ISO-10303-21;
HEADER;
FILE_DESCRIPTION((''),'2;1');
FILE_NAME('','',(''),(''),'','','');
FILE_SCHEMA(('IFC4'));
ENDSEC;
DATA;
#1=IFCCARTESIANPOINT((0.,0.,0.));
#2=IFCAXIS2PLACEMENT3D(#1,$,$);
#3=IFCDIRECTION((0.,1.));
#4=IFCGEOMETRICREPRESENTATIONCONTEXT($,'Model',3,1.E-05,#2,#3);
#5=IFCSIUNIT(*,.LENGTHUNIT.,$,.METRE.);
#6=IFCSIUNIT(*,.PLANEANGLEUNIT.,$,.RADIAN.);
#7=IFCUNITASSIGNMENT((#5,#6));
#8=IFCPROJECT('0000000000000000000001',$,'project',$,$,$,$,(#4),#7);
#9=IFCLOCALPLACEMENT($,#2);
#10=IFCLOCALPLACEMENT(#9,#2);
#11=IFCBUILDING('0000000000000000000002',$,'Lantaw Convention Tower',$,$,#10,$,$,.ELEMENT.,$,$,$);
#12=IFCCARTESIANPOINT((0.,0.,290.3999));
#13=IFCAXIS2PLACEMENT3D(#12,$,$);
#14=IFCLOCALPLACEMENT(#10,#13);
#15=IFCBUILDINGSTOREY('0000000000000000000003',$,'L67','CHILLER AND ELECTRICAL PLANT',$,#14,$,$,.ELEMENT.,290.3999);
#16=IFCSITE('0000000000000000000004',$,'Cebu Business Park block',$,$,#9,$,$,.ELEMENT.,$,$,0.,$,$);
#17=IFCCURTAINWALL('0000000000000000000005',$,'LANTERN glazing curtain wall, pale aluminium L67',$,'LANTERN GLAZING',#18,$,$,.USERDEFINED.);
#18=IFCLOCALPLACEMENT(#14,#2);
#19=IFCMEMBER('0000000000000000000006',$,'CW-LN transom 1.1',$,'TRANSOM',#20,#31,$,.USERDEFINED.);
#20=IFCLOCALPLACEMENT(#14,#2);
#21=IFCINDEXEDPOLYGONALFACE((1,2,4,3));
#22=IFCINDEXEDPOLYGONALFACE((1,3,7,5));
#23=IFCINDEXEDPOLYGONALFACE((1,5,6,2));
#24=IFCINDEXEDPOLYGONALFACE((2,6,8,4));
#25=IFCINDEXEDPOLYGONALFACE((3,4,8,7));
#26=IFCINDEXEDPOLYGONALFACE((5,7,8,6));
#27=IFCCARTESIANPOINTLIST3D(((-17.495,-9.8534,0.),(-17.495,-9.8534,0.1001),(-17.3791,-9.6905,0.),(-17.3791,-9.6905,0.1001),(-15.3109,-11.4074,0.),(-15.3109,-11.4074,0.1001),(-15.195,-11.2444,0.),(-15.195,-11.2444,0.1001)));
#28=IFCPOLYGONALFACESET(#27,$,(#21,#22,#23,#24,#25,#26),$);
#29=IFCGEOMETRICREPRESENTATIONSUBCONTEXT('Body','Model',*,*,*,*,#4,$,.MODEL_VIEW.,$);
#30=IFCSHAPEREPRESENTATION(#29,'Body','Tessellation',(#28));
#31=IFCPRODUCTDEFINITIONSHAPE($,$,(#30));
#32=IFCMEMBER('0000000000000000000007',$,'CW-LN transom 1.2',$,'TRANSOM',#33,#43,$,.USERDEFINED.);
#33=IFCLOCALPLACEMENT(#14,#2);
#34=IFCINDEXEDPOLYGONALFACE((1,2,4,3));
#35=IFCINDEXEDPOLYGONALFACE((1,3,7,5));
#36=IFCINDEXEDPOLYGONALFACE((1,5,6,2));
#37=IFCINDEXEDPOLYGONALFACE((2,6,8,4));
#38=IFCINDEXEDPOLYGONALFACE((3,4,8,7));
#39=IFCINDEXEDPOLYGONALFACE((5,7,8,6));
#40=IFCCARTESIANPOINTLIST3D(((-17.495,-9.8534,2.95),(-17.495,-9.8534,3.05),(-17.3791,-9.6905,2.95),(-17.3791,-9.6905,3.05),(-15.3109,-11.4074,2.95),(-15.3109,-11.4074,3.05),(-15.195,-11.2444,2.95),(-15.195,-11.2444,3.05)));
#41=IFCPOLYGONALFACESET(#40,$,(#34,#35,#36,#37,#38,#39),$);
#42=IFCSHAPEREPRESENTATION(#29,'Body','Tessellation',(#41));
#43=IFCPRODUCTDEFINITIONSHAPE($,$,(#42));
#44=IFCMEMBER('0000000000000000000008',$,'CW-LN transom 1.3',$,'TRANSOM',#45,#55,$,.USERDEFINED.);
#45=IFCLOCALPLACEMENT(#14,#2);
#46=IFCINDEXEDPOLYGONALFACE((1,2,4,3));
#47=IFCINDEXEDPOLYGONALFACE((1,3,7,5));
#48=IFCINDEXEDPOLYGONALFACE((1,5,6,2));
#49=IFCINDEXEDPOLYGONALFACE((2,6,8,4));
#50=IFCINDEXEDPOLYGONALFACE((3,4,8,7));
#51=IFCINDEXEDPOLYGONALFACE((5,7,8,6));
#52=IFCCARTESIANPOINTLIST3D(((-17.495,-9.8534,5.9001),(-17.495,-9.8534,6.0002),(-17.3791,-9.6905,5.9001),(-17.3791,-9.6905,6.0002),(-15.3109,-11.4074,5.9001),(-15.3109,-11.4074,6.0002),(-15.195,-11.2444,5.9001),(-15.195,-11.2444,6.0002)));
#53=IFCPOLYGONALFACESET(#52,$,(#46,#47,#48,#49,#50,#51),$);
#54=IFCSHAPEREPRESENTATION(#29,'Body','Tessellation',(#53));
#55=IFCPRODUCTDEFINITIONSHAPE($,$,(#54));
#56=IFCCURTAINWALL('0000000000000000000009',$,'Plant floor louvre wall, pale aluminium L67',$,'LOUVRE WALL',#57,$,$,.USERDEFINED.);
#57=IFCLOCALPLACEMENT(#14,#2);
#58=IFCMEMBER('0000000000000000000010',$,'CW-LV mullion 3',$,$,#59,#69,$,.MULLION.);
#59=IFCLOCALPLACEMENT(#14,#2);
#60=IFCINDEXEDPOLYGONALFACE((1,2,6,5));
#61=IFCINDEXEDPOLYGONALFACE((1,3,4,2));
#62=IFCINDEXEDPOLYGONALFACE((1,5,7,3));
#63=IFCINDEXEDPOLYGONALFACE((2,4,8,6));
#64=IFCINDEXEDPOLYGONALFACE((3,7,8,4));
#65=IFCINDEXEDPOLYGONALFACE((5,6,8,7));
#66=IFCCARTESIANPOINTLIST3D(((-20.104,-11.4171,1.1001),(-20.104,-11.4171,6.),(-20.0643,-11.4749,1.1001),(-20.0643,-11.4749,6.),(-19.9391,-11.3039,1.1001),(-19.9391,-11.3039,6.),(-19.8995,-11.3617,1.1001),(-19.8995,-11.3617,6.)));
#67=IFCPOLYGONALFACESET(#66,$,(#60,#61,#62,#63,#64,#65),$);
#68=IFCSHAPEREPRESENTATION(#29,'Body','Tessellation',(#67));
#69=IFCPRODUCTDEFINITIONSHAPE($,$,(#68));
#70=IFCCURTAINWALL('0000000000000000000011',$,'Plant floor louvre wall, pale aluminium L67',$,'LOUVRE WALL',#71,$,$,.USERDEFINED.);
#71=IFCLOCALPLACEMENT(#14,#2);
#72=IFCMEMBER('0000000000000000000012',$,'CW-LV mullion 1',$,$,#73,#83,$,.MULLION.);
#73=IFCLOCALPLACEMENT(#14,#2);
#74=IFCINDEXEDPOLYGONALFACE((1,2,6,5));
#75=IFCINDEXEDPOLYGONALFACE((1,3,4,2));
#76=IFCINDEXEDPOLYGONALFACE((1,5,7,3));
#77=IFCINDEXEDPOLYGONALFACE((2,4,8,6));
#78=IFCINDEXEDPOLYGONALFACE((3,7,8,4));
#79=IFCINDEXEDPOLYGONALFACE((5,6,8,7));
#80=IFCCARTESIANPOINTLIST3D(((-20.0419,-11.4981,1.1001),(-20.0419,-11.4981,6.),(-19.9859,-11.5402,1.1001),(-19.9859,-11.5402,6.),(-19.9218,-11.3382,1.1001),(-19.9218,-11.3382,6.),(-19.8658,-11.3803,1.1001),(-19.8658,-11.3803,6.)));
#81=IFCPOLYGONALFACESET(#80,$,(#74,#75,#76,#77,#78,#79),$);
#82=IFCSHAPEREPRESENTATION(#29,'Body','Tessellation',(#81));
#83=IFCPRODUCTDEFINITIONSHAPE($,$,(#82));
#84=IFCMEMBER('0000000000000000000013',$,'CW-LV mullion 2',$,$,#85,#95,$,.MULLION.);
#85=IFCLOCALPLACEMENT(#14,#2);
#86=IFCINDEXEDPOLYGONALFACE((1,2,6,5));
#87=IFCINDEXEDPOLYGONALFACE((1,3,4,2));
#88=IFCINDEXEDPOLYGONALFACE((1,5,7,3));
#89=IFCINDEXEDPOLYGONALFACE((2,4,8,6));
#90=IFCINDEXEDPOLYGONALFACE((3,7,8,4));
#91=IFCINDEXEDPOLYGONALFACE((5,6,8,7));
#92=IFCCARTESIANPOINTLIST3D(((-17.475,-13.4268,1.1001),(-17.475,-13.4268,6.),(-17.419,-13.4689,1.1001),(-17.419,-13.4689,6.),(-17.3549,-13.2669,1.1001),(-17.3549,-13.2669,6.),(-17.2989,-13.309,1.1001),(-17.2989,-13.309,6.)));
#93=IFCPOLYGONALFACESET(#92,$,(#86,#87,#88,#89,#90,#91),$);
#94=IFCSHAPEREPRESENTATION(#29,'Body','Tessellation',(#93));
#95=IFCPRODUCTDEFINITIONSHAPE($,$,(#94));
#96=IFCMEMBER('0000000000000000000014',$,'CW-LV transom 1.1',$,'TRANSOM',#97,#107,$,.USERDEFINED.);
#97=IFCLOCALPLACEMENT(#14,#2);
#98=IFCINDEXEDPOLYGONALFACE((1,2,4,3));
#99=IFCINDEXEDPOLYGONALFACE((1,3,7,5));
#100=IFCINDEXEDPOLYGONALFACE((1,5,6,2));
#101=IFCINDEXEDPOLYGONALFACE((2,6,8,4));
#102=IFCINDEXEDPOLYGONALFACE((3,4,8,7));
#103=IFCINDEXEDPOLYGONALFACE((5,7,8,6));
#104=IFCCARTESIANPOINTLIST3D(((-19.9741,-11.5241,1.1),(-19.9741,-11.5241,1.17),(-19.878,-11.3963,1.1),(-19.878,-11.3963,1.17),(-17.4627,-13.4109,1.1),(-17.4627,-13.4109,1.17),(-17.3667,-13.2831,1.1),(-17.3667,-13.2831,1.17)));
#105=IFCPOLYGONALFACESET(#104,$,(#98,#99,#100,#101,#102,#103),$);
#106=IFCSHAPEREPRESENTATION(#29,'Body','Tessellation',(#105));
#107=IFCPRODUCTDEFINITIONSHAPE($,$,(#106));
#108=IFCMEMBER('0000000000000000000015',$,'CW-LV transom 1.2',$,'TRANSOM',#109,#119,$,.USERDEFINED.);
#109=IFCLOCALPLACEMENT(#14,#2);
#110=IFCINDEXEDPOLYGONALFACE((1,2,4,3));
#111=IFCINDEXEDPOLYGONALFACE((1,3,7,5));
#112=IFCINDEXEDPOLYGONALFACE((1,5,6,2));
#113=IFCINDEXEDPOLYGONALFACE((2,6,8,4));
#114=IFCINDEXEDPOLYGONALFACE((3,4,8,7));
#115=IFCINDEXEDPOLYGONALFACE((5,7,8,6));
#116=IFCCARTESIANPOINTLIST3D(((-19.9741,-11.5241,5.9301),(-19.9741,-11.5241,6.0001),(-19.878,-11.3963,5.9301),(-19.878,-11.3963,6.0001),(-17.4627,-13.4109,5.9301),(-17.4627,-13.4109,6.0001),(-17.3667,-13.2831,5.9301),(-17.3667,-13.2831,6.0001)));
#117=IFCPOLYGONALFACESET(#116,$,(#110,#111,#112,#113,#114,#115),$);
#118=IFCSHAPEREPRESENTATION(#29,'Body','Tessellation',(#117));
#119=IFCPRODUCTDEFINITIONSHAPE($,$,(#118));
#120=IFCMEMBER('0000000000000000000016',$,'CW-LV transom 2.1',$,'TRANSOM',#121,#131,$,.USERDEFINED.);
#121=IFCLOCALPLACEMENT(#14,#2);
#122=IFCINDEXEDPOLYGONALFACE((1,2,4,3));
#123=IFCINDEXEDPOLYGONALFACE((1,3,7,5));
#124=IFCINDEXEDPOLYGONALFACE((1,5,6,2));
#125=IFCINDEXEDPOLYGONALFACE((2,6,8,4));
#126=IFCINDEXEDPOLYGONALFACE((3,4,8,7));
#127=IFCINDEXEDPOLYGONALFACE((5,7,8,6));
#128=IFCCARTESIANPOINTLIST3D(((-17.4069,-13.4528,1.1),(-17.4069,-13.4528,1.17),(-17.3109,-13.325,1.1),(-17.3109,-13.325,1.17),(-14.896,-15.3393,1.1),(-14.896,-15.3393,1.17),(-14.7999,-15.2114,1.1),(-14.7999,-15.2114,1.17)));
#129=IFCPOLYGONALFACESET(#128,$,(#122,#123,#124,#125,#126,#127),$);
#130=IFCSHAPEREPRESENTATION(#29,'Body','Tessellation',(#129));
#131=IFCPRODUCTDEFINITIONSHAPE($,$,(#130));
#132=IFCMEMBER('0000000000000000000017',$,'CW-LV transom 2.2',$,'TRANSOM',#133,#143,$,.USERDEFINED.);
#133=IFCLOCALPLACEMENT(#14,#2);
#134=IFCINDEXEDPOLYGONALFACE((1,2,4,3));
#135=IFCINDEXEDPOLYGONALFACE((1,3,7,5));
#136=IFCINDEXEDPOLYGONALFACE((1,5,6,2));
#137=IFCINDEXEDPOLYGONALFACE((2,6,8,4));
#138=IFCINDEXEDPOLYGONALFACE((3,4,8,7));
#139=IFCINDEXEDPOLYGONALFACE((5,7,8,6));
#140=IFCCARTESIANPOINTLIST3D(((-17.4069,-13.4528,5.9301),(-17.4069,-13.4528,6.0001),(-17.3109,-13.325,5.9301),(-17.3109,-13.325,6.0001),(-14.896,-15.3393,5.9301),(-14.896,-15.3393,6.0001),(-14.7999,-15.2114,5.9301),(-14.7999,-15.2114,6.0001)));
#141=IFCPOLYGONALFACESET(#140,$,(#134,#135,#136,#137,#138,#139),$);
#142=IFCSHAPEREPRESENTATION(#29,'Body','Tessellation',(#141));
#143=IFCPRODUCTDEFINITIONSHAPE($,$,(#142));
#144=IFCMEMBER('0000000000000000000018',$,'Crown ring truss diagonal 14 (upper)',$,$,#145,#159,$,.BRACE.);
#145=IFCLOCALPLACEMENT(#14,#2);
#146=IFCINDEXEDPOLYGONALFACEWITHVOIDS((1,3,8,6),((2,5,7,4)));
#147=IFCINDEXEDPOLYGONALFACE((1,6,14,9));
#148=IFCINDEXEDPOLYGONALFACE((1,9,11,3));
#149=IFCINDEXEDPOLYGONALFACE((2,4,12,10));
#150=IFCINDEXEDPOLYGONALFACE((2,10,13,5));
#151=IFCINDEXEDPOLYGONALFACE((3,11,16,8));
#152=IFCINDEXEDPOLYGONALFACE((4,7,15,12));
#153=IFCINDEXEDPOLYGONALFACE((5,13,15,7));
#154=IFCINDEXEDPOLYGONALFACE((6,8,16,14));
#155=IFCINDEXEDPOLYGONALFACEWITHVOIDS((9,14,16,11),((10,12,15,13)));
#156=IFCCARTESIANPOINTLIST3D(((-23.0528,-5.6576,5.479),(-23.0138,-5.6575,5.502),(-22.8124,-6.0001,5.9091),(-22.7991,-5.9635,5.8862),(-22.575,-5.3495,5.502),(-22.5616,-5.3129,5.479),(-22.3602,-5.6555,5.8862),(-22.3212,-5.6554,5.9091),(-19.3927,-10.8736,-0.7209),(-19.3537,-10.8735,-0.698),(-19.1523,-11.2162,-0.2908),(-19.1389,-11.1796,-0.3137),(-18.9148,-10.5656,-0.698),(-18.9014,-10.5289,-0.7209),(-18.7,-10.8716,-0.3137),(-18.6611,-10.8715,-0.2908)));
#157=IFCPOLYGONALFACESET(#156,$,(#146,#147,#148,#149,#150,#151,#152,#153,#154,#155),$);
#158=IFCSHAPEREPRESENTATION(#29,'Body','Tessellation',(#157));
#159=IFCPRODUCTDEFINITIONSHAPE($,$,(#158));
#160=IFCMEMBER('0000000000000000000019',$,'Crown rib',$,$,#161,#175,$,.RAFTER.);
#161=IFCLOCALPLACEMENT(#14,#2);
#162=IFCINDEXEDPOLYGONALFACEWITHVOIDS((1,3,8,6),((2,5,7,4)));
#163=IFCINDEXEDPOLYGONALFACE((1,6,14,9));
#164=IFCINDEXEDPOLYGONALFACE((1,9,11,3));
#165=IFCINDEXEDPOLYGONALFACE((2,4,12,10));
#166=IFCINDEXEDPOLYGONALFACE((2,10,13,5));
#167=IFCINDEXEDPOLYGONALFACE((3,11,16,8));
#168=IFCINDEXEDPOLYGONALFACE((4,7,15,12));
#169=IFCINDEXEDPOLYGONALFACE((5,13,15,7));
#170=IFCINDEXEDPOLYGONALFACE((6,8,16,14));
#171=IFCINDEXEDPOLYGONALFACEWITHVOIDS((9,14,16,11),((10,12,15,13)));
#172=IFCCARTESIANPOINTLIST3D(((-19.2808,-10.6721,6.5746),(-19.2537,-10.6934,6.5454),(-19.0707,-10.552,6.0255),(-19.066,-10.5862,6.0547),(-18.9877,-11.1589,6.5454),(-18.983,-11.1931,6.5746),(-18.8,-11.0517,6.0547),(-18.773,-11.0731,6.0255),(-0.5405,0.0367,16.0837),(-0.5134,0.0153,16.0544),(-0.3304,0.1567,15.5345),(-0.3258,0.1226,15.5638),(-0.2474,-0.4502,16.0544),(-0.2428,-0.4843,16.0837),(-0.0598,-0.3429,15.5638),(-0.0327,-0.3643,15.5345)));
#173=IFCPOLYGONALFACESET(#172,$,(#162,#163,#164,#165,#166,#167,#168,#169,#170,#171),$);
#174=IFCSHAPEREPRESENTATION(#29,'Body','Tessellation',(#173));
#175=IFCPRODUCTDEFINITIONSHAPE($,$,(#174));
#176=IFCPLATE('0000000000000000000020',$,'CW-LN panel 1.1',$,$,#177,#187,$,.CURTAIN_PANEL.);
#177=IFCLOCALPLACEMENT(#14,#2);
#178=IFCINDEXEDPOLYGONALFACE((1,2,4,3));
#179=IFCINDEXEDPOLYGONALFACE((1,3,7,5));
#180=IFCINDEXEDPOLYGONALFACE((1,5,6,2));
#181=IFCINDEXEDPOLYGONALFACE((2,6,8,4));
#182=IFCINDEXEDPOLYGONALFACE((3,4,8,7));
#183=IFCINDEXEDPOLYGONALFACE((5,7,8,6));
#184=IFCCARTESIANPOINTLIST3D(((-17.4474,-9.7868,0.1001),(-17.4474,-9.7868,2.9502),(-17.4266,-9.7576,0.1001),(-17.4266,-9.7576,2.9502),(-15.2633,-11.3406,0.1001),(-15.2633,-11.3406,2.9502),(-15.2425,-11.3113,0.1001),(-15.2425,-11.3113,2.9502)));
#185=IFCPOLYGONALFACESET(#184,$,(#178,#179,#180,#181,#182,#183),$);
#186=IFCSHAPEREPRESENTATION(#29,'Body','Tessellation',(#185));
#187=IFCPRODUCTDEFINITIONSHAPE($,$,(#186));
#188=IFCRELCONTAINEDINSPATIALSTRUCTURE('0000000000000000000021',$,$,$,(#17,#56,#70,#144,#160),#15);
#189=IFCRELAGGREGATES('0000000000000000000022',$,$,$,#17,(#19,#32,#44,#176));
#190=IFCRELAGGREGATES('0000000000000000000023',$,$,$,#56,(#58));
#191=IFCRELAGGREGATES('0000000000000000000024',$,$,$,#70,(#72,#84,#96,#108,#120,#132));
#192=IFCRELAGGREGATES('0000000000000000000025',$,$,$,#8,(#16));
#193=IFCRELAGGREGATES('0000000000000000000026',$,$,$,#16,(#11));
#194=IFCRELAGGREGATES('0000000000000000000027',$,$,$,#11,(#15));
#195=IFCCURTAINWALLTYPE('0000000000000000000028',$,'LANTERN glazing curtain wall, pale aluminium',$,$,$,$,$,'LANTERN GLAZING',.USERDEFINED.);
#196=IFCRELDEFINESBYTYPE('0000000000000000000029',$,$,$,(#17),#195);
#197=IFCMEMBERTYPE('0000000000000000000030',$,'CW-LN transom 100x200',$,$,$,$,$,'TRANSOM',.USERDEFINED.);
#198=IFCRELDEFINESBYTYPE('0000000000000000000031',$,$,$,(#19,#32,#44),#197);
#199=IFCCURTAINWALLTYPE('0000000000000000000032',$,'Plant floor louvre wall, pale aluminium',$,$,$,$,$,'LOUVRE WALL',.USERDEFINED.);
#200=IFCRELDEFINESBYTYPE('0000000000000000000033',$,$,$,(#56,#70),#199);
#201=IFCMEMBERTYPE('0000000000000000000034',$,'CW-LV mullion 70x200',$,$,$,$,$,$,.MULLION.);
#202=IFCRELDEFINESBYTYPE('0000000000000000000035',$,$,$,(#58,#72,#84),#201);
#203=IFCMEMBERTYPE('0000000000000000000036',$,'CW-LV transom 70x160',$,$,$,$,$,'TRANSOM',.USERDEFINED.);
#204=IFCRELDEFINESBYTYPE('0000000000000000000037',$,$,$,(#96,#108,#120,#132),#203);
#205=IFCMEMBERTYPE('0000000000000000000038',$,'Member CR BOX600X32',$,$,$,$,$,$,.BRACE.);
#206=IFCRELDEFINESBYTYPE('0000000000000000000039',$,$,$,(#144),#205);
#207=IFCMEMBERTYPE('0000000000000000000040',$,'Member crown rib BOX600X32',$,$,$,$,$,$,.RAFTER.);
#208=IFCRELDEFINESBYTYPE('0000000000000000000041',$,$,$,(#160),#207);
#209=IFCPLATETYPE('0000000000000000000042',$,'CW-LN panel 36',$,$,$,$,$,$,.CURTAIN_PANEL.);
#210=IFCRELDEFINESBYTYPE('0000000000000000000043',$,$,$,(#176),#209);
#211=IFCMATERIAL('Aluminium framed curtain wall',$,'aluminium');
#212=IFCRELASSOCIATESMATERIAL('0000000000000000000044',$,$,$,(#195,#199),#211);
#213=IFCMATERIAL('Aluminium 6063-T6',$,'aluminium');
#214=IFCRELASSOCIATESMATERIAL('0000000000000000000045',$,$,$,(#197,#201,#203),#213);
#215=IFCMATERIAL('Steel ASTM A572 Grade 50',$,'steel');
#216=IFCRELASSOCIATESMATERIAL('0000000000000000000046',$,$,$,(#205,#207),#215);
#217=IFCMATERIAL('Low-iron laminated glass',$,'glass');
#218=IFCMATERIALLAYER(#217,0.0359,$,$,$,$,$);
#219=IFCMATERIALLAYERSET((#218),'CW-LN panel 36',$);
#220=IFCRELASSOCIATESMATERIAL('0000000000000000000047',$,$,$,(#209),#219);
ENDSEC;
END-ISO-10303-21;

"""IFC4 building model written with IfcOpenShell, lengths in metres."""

from ifc_helpers import new_model, si_unit, direction, frame, origin, origin_2d, place, context, subcontext, project, spatial, rectangle, hollow_rectangle, extrude, material, layer, layer_set, material_profile, profile_set, type_object, element, aggregate, save


model = new_model("IFC4")

# Units and contexts
model_context = context("Model", 3, precision=1e-05, world=origin(), true_north=direction((0.0, 1.0)))
body_context = subcontext(model_context, "Body", "Model", "MODEL_VIEW")
ifc_project = project(units=[si_unit("LENGTHUNIT", "METRE"), si_unit("PLANEANGLEUNIT", "RADIAN")], contexts=[model_context])

# Site, building, storey
site_placement = place(None, origin())
site = spatial("IfcSite", under=ifc_project, at=site_placement, Name="Cebu Business Park block", CompositionType="ELEMENT", RefElevation=0.0)
building_placement = place(site_placement, origin())
building = spatial("IfcBuilding", under=site, at=building_placement, Name="Lantaw Convention Tower", CompositionType="ELEMENT")
storey_placement = place(building_placement, frame((0.0, 0.0, 290.3999)))
storey = spatial("IfcBuildingStorey", under=building, at=storey_placement, Name="L67", Description="CHILLER AND ELECTRICAL PLANT", CompositionType="ELEMENT", Elevation=290.3999)

# Shared definitions
ifc_material_1 = material(Name="Steel ASTM A572 Grade 50", Category="steel")

# Shared definitions
ifc_material_2 = material(Name="Aluminium framed curtain wall", Category="aluminium")
curtain_wall_type_1 = type_object("IfcCurtainWallType", Name="LANTERN glazing curtain wall, pale aluminium", ElementType="LANTERN GLAZING", PredefinedType="USERDEFINED", material=ifc_material_2)
ifc_material_3 = material(Name="Aluminium 6063-T6", Category="aluminium")

# Curtain wall, members
curtain_wall_1_placement = place(storey_placement, origin())
curtain_wall_1 = element("IfcCurtainWall", 1, at=curtain_wall_1_placement, inside=storey, type_object=curtain_wall_type_1, Name="LANTERN glazing curtain wall, pale aluminium L67", ObjectType="LANTERN GLAZING", PredefinedType="USERDEFINED")
ifc_material_profile_1 = material_profile(ifc_material_3, rectangle(XDim=0.2, YDim=0.1001, at=origin_2d()), Name="CW-LN transom 100x200")
ifc_profile_set_1 = profile_set([ifc_material_profile_1], Name="Aluminium 6063-T6")
member_type_1 = type_object("IfcMemberType", Name="CW-LN transom 100x200", ElementType="TRANSOM", PredefinedType="USERDEFINED", material=ifc_profile_set_1)
member_1_placement = place(storey_placement, frame((-17.437, -9.772, 0.05), z_axis=(0.814809, -0.579729, 0.0), x_axis=(0.579729, 0.814809, 0.0)))
member_1 = element("IfcMember", 2, at=member_1_placement, type_object=member_type_1, Name="CW-LN transom 1.1", ObjectType="TRANSOM", PredefinedType="USERDEFINED", context=body_context, shape_type="SweptSolid", body=[
    extrude(rectangle(XDim=0.2, YDim=0.1001, at=origin_2d()), origin(), (0.0, 0.0, 1.0), 2.6804),
])
member_2_placement = place(storey_placement, frame((-17.437, -9.772, 3.0), z_axis=(0.814809, -0.579729, 0.0), x_axis=(0.579729, 0.814809, 0.0)))
member_2 = element("IfcMember", 3, at=member_2_placement, type_object=member_type_1, Name="CW-LN transom 1.2", ObjectType="TRANSOM", PredefinedType="USERDEFINED", context=body_context, shape_type="SweptSolid", body=[
    extrude(rectangle(XDim=0.2, YDim=0.1001, at=origin_2d()), origin(), (0.0, 0.0, 1.0), 2.6804),
])
member_3_placement = place(storey_placement, frame((-17.437, -9.772, 5.9502), z_axis=(0.814809, -0.579729, 0.0), x_axis=(0.579729, 0.814809, 0.0)))
member_3 = element("IfcMember", 4, at=member_3_placement, type_object=member_type_1, Name="CW-LN transom 1.3", ObjectType="TRANSOM", PredefinedType="USERDEFINED", context=body_context, shape_type="SweptSolid", body=[
    extrude(rectangle(XDim=0.2, YDim=0.1001, at=origin_2d()), origin(), (0.0, 0.0, 1.0), 2.6804),
])

# Curtain wall, member
curtain_wall_type_2 = type_object("IfcCurtainWallType", Name="Plant floor louvre wall, pale aluminium", ElementType="LOUVRE WALL", PredefinedType="USERDEFINED", material=ifc_material_2)
curtain_wall_2_placement = place(storey_placement, origin())
curtain_wall_2 = element("IfcCurtainWall", 5, at=curtain_wall_2_placement, inside=storey, type_object=curtain_wall_type_2, Name="Plant floor louvre wall, pale aluminium L67", ObjectType="LOUVRE WALL", PredefinedType="USERDEFINED")
ifc_material_profile_2 = material_profile(ifc_material_3, rectangle(XDim=0.2, YDim=0.0701, at=origin_2d()), Name="CW-LV mullion 70x200")
ifc_profile_set_2 = profile_set([ifc_material_profile_2], Name="Aluminium 6063-T6")
member_type_2 = type_object("IfcMemberType", Name="CW-LV mullion 70x200", PredefinedType="MULLION", material=ifc_profile_set_2)
member_4_placement = place(storey_placement, frame((-20.0017, -11.3894, 1.1001), z_axis=(0.0, 0.0, 1.0), x_axis=(0.82445, 0.565935, 0.0)))
member_4 = element("IfcMember", 6, at=member_4_placement, type_object=member_type_2, Name="CW-LV mullion 3", PredefinedType="MULLION", context=body_context, shape_type="SweptSolid", body=[
    extrude(rectangle(XDim=0.2, YDim=0.0701, at=origin_2d()), origin(), (0.0, 0.0, 1.0), 4.8999),
])

# Curtain wall, members
curtain_wall_3_placement = place(storey_placement, origin())
curtain_wall_3 = element("IfcCurtainWall", 7, at=curtain_wall_3_placement, inside=storey, type_object=curtain_wall_type_2, Name="Plant floor louvre wall, pale aluminium L67", ObjectType="LOUVRE WALL", PredefinedType="USERDEFINED")
member_5_placement = place(storey_placement, frame((-19.9539, -11.4392, 1.1001), z_axis=(0.0, 0.0, 1.0), x_axis=(0.600643, 0.799518, 0.0)))
member_5 = element("IfcMember", 8, at=member_5_placement, type_object=member_type_2, Name="CW-LV mullion 1", PredefinedType="MULLION", context=body_context, shape_type="SweptSolid", body=[
    extrude(rectangle(XDim=0.2, YDim=0.0701, at=origin_2d()), origin(), (0.0, 0.0, 1.0), 4.8999),
])
member_6_placement = place(storey_placement, frame((-17.387, -13.3679, 1.1001), z_axis=(0.0, 0.0, 1.0), x_axis=(0.600643, 0.799518, 0.0)))
member_6 = element("IfcMember", 9, at=member_6_placement, type_object=member_type_2, Name="CW-LV mullion 2", PredefinedType="MULLION", context=body_context, shape_type="SweptSolid", body=[
    extrude(rectangle(XDim=0.2, YDim=0.0701, at=origin_2d()), origin(), (0.0, 0.0, 1.0), 4.8999),
])
ifc_material_profile_3 = material_profile(ifc_material_3, rectangle(XDim=0.1599, YDim=0.0701, at=origin_2d()), Name="CW-LV transom 70x160")
ifc_profile_set_3 = profile_set([ifc_material_profile_3], Name="Aluminium 6063-T6")
member_type_3 = type_object("IfcMemberType", Name="CW-LV transom 70x160", ElementType="TRANSOM", PredefinedType="USERDEFINED", material=ifc_profile_set_3)
member_7_placement = place(storey_placement, frame((-19.926, -11.4602, 1.135), z_axis=(0.799496, -0.600671, 0.0), x_axis=(0.600671, 0.799496, 0.0)))
member_7 = element("IfcMember", 10, at=member_7_placement, type_object=member_type_3, Name="CW-LV transom 1.1", ObjectType="TRANSOM", PredefinedType="USERDEFINED", context=body_context, shape_type="SweptSolid", body=[
    extrude(rectangle(XDim=0.1599, YDim=0.0701, at=origin_2d()), origin(), (0.0, 0.0, 1.0), 3.1411),
])
member_8_placement = place(storey_placement, frame((-19.926, -11.4602, 5.9651), z_axis=(0.799496, -0.600671, 0.0), x_axis=(0.600671, 0.799496, 0.0)))
member_8 = element("IfcMember", 11, at=member_8_placement, type_object=member_type_3, Name="CW-LV transom 1.2", ObjectType="TRANSOM", PredefinedType="USERDEFINED", context=body_context, shape_type="SweptSolid", body=[
    extrude(rectangle(XDim=0.1599, YDim=0.0701, at=origin_2d()), origin(), (0.0, 0.0, 1.0), 3.1411),
])
member_9_placement = place(storey_placement, frame((-17.3589, -13.3889, 1.135), z_axis=(0.799505, -0.600659, 0.0), x_axis=(0.600659, 0.799505, 0.0)))
member_9 = element("IfcMember", 12, at=member_9_placement, type_object=member_type_3, Name="CW-LV transom 2.1", ObjectType="TRANSOM", PredefinedType="USERDEFINED", context=body_context, shape_type="SweptSolid", body=[
    extrude(rectangle(XDim=0.1599, YDim=0.0701, at=origin_2d()), origin(), (0.0, 0.0, 1.0), 3.1406),
])
member_10_placement = place(storey_placement, frame((-17.3589, -13.3889, 5.9651), z_axis=(0.799505, -0.600659, 0.0), x_axis=(0.600659, 0.799505, 0.0)))
member_10 = element("IfcMember", 13, at=member_10_placement, type_object=member_type_3, Name="CW-LV transom 2.2", ObjectType="TRANSOM", PredefinedType="USERDEFINED", context=body_context, shape_type="SweptSolid", body=[
    extrude(rectangle(XDim=0.1599, YDim=0.0701, at=origin_2d()), origin(), (0.0, 0.0, 1.0), 3.1406),
])

# Members
ifc_material_profile_4 = material_profile(ifc_material_1, hollow_rectangle(XDim=0.6001, YDim=0.6001, WallThickness=0.032, at=origin_2d()), Name="BOX600X32")
ifc_profile_set_4 = profile_set([ifc_material_profile_4], Name="Steel ASTM A572 Grade 50")
member_type_4 = type_object("IfcMemberType", Name="Member CR BOX600X32", PredefinedType="BRACE", material=ifc_profile_set_4)
member_11_placement = place(storey_placement, frame((-19.0269, -10.8726, -0.5059), z_axis=(-0.411687, 0.586692, 0.697357), x_axis=(-0.818574, -0.574401, 0.0)))
element("IfcMember", 14, at=member_11_placement, inside=storey, type_object=member_type_4, Name="Crown ring truss diagonal 14 (upper)", PredefinedType="BRACE", context=body_context, shape_type="SweptSolid", body=[
    extrude(hollow_rectangle(XDim=0.6001, YDim=0.6001, WallThickness=0.032, at=origin_2d()), origin(), (0.0, 0.0, 1.0), 8.8906),
])
ifc_material_profile_5 = material_profile(ifc_material_1, hollow_rectangle(XDim=0.6001, YDim=0.6001, WallThickness=0.032, at=origin_2d()), Name="BOX600X32")
ifc_profile_set_5 = profile_set([ifc_material_profile_5], Name="Steel ASTM A572 Grade 50")
member_type_5 = type_object("IfcMemberType", Name="Member crown rib BOX600X32", PredefinedType="RAFTER", material=ifc_profile_set_5)
member_12_placement = place(storey_placement, frame((-19.0269, -10.8726, 6.3), z_axis=(0.794552, 0.454031, 0.403166), x_axis=(-0.49614, 0.868242, 0.0)))
element("IfcMember", 15, at=member_12_placement, inside=storey, type_object=member_type_5, Name="Crown rib", PredefinedType="RAFTER", context=body_context, shape_type="SweptSolid", body=[
    extrude(hollow_rectangle(XDim=0.6001, YDim=0.6001, WallThickness=0.032, at=origin_2d()), origin(), (0.0, 0.0, 1.0), 23.5859),
])

# Plate
ifc_material_4 = material(Name="Low-iron laminated glass", Category="glass")
ifc_layer_1 = layer(ifc_material_4, 0.0359)
ifc_layer_set_1 = layer_set([ifc_layer_1], Name="CW-LN panel 36")
plate_type_1 = type_object("IfcPlateType", Name="CW-LN panel 36", PredefinedType="CURTAIN_PANEL", material=ifc_layer_set_1)
plate_1_placement = place(storey_placement, frame((-16.345, -10.5491, 0.1001), z_axis=(0.0, 0.0, 1.0), x_axis=(0.814841, -0.579684, 0.0)))
plate_1 = element("IfcPlate", 16, at=plate_1_placement, type_object=plate_type_1, Name="CW-LN panel 1.1", PredefinedType="CURTAIN_PANEL", context=body_context, shape_type="SweptSolid", body=[
    extrude(rectangle(XDim=2.6804, YDim=0.0359, at=origin_2d()), origin(), (0.0, 0.0, 1.0), 2.8501),
])
aggregate(curtain_wall_1, [member_1, member_2, member_3, plate_1])
aggregate(curtain_wall_2, [member_4])
aggregate(curtain_wall_3, [member_5, member_6, member_7, member_8, member_9, member_10])

save(model, "model.ifc")
